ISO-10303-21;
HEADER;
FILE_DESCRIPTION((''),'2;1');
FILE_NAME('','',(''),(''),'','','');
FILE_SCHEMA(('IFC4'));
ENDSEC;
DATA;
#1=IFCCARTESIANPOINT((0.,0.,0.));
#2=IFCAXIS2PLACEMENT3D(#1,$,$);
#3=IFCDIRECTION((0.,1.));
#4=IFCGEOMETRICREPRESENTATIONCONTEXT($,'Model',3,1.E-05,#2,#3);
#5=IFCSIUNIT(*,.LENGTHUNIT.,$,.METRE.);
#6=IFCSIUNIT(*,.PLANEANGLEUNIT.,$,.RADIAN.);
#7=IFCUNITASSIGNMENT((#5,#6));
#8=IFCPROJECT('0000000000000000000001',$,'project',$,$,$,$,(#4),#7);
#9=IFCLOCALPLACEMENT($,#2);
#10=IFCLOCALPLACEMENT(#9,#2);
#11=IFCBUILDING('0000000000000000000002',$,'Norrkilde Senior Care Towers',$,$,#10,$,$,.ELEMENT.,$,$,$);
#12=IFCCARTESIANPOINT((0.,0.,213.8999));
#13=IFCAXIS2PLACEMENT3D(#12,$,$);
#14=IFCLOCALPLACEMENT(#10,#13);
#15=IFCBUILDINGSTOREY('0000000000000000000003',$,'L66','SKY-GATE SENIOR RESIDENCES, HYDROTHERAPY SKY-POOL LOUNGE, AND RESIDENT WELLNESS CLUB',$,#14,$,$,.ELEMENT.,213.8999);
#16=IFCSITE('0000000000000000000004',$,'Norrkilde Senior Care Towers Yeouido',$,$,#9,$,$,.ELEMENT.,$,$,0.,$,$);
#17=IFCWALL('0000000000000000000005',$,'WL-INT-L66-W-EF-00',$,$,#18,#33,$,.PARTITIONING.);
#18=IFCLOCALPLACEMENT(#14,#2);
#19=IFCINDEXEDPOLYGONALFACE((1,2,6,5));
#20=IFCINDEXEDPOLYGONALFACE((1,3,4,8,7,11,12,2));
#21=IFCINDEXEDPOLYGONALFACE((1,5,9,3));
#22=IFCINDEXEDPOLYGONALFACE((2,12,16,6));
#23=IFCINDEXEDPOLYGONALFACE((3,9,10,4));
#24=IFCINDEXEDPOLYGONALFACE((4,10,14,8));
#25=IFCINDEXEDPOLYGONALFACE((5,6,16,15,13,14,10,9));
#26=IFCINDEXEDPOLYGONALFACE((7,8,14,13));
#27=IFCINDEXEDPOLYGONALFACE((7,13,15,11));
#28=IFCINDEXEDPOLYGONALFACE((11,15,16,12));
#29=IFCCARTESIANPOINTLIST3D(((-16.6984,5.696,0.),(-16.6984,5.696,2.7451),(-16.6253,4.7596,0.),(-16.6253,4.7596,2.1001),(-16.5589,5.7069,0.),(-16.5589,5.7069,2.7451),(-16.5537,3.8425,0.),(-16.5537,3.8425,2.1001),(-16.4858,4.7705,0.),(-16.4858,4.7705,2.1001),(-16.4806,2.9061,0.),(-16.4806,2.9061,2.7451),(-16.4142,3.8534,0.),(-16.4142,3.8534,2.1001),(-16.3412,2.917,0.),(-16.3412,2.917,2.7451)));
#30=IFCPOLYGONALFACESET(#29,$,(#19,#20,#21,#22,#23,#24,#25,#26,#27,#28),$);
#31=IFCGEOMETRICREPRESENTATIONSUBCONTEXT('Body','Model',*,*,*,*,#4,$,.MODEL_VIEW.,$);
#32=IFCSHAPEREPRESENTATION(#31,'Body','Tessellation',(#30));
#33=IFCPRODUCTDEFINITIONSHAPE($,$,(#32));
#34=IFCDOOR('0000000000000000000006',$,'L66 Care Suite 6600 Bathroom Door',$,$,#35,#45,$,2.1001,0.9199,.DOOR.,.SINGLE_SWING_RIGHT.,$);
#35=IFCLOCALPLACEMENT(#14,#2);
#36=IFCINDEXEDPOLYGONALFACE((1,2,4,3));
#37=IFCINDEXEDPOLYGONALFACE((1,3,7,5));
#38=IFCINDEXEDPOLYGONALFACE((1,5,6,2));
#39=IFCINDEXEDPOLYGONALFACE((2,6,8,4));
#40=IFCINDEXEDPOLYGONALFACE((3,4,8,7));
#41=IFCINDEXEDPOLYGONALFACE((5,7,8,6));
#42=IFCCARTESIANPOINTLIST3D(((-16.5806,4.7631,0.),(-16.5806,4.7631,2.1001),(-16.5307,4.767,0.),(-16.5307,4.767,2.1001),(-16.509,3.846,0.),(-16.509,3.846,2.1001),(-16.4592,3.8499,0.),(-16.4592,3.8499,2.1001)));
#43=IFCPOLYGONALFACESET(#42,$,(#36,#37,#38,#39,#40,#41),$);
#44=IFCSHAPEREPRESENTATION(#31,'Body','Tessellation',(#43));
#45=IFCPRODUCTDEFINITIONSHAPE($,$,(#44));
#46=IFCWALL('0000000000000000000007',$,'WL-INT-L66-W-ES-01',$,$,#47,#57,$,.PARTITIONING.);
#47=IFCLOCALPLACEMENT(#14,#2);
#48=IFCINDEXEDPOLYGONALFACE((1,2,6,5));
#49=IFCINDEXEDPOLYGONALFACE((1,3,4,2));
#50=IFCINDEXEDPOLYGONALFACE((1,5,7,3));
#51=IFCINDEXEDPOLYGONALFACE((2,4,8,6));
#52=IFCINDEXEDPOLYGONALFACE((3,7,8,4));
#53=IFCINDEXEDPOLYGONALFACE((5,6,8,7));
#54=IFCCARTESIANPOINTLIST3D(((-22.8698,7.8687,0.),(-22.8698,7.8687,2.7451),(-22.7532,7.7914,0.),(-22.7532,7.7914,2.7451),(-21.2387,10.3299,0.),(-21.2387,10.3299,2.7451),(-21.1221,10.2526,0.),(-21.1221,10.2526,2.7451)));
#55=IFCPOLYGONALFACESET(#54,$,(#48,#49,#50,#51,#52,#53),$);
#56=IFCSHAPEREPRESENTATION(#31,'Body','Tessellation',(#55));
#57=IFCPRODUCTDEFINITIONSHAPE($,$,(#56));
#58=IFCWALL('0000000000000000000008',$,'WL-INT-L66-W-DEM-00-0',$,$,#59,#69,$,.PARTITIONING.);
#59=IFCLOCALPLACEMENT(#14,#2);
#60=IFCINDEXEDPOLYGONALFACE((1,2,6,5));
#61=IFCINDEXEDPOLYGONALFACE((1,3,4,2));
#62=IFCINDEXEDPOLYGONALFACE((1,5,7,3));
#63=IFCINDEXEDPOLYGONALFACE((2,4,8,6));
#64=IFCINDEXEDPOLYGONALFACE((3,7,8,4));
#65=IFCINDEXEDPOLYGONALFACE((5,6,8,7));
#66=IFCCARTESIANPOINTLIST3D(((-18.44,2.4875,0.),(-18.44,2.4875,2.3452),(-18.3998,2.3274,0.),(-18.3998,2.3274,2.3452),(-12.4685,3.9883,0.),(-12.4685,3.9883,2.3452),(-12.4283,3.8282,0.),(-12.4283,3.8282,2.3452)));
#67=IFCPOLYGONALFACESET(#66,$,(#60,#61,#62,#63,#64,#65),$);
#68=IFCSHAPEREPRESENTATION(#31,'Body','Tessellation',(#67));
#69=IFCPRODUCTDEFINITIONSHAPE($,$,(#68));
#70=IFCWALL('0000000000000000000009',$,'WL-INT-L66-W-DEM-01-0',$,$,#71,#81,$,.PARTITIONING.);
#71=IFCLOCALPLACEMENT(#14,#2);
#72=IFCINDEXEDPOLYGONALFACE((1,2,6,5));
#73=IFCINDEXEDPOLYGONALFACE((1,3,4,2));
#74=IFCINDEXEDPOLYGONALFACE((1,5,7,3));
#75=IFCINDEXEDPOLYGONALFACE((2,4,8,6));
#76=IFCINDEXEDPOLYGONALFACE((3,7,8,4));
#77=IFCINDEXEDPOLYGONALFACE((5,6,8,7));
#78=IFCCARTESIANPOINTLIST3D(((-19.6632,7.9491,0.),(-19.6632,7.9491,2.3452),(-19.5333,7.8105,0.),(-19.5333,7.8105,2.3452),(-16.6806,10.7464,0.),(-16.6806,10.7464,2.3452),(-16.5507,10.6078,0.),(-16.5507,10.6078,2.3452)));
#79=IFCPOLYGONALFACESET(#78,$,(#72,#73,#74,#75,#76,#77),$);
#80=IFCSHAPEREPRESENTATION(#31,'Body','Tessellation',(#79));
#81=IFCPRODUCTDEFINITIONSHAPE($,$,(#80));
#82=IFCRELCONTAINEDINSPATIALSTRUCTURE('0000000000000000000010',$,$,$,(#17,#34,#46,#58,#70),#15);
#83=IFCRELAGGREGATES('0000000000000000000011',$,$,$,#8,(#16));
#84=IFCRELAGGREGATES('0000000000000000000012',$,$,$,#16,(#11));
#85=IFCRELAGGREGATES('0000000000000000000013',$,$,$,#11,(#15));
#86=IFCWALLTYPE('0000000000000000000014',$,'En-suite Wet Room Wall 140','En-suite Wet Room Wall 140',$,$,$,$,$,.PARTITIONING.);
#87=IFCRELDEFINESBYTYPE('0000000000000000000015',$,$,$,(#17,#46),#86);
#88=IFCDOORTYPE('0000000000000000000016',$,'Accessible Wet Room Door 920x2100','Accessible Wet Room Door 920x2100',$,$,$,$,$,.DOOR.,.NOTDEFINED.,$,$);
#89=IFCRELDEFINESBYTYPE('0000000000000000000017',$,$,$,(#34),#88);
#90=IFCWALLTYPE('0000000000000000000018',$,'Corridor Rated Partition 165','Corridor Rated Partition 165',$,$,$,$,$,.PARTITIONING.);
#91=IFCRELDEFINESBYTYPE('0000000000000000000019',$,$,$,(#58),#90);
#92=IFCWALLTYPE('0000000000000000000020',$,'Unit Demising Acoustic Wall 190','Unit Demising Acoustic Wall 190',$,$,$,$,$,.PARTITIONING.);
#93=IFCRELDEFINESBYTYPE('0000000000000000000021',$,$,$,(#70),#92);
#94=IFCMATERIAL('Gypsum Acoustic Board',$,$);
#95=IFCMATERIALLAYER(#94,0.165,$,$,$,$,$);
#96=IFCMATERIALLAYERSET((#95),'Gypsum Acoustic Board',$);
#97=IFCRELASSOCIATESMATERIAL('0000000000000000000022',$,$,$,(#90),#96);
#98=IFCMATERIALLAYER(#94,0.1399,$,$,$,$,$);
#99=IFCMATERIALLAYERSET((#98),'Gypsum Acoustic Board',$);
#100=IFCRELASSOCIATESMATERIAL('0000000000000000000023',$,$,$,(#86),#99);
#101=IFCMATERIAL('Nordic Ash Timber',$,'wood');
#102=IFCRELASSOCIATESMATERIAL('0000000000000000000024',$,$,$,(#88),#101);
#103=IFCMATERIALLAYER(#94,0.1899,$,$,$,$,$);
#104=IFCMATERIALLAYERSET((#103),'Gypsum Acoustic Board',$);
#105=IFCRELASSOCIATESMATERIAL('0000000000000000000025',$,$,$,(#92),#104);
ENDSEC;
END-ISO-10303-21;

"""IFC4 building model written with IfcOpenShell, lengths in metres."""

from ifc_helpers import new_model, si_unit, direction, frame, frame_2d, origin, place, context, subcontext, project, spatial, rectangle, extrude, source, transform, mapped, material, layer, layer_set, type_object, type_shapes, element, fill, save


model = new_model("IFC4")

# Units and contexts
model_context = context("Model", 3, precision=1e-05, world=origin(), true_north=direction((0.0, 1.0)))
body_context = subcontext(model_context, "Body", "Model", "MODEL_VIEW")
ifc_project = project(units=[si_unit("LENGTHUNIT", "METRE"), si_unit("PLANEANGLEUNIT", "RADIAN")], contexts=[model_context])

# Site, building, storey
site_placement = place(None, origin())
site = spatial("IfcSite", under=ifc_project, at=site_placement, Name="Norrkilde Senior Care Towers Yeouido", CompositionType="ELEMENT", RefElevation=0.0)
building_placement = place(site_placement, origin())
building = spatial("IfcBuilding", under=site, at=building_placement, Name="Norrkilde Senior Care Towers", CompositionType="ELEMENT")
storey_placement = place(building_placement, frame((0.0, 0.0, 213.8999)))
storey = spatial("IfcBuildingStorey", under=building, at=storey_placement, Name="L66", Description="SKY-GATE SENIOR RESIDENCES, HYDROTHERAPY SKY-POOL LOUNGE, AND RESIDENT WELLNESS CLUB", CompositionType="ELEMENT", Elevation=213.8999)

# Shared definitions
ifc_material_1 = material(Name="Gypsum Acoustic Board")
ifc_layer_1 = layer(ifc_material_1, 0.165)
ifc_layer_set_1 = layer_set([ifc_layer_1], Name="Gypsum Acoustic Board")
wall_type_1 = type_object("IfcWallType", Name="Corridor Rated Partition 165", Description="Corridor Rated Partition 165", PredefinedType="PARTITIONING", material=ifc_layer_set_1)
ifc_material_2 = material(Name="Nordic Ash Timber", Category="wood")

# Shared definitions
ifc_layer_2 = layer(ifc_material_1, 0.1399)
ifc_layer_set_2 = layer_set([ifc_layer_2], Name="Gypsum Acoustic Board")
wall_type_2 = type_object("IfcWallType", Name="En-suite Wet Room Wall 140", Description="En-suite Wet Room Wall 140", PredefinedType="PARTITIONING", material=ifc_layer_set_2)

# Wall, opening, door
shared_shape_1 = source(origin(), body_context, "Body", "SweptSolid", [
    extrude(rectangle(XDim=2.7983, YDim=0.1399, at=frame_2d((1.3992, 0.0))), origin(), (0.0, 0.0, 1.0), 2.7451),
])
wall_1_placement = place(storey_placement, frame((-16.6287, 5.7014, 0.0), z_axis=(0.0, 0.0, 1.0), x_axis=(0.077824, -0.996967, 0.0)))
wall_1 = element("IfcWall", 1, at=wall_1_placement, inside=storey, type_object=wall_type_2, Name="WL-INT-L66-W-EF-00", PredefinedType="PARTITIONING", context=body_context, shape_type="MappedRepresentation", body=[
    mapped(shared_shape_1, transform((0.0, 0.0, 0.0), x_axis=(1.0, 0.0, 0.0), y_axis=(0.0, 1.0, 0.0), z_axis=(0.0, 0.0, 1.0), scale=1.0)),
])
opening_1_placement = place(wall_1_placement, frame((0.9392, 0.0, 0.0)))
opening_1 = element("IfcOpeningElement", 2, at=opening_1_placement, cuts=wall_1, PredefinedType="OPENING", context=body_context, shape_type="SweptSolid", body=[
    extrude(rectangle(XDim=0.9199, YDim=2.1001, at=frame_2d((0.46, 1.05))), frame((0.0, 0.0798, 0.0), z_axis=(0.0, -1.0, 0.0), x_axis=(1.0, 0.0, 0.0)), (0.0, 0.0, 1.0), 0.1599),
])
door_type_1 = type_object("IfcDoorType", Name="Accessible Wet Room Door 920x2100", Description="Accessible Wet Room Door 920x2100", OperationType="NOTDEFINED", PredefinedType="DOOR", material=ifc_material_2)
shared_shape_2 = source(origin(), body_context, "Body", "SweptSolid", [
    extrude(rectangle(XDim=0.9199, YDim=2.1001, at=frame_2d((0.46, 1.05))), frame((0.0, 0.0249, 0.0), z_axis=(0.0, -1.0, 0.0), x_axis=(1.0, 0.0, 0.0)), (0.0, 0.0, 1.0), 0.05),
])
type_shapes(door_type_1, [shared_shape_2])
door_1_placement = place(opening_1_placement, origin())
door_1 = element("IfcDoor", 3, at=door_1_placement, inside=storey, type_object=door_type_1, Name="L66 Care Suite 6600 Bathroom Door", OperationType="SINGLE_SWING_RIGHT", OverallHeight=2.1001, OverallWidth=0.9199, PredefinedType="DOOR", context=body_context, shape_type="MappedRepresentation", body=[
    mapped(shared_shape_2, transform((0.0, 0.0, 0.0), x_axis=(1.0, 0.0, 0.0), y_axis=(0.0, 1.0, 0.0), z_axis=(0.0, 0.0, 1.0), scale=1.0)),
])
fill(opening_1, door_1)

# Walls
shared_shape_3 = source(origin(), body_context, "Body", "SweptSolid", [
    extrude(rectangle(XDim=2.9526, YDim=0.1399, at=frame_2d((1.4763, 0.0))), origin(), (0.0, 0.0, 1.0), 2.7451),
])
wall_2_placement = place(storey_placement, frame((-22.8115, 7.8301, 0.0), z_axis=(0.0, 0.0, 1.0), x_axis=(0.552427, 0.833561, 0.0)))
element("IfcWall", 4, at=wall_2_placement, inside=storey, type_object=wall_type_2, Name="WL-INT-L66-W-ES-01", PredefinedType="PARTITIONING", context=body_context, shape_type="MappedRepresentation", body=[
    mapped(shared_shape_3, transform((0.0, 0.0, 0.0), x_axis=(1.0, 0.0, 0.0), y_axis=(0.0, 1.0, 0.0), z_axis=(0.0, 0.0, 1.0), scale=1.0)),
])
shared_shape_4 = source(origin(), body_context, "Body", "SweptSolid", [
    extrude(rectangle(XDim=6.1572, YDim=0.165, at=frame_2d((3.0786, 0.0))), origin(), (0.0, 0.0, 1.0), 2.3452),
])
wall_3_placement = place(storey_placement, frame((-18.4199, 2.4075, 0.0), z_axis=(0.0, 0.0, 1.0), x_axis=(0.969841, 0.243739, 0.0)))
element("IfcWall", 5, at=wall_3_placement, inside=storey, type_object=wall_type_1, Name="WL-INT-L66-W-DEM-00-0", PredefinedType="PARTITIONING", context=body_context, shape_type="MappedRepresentation", body=[
    mapped(shared_shape_4, transform((0.0, 0.0, 0.0), x_axis=(1.0, 0.0, 0.0), y_axis=(0.0, 1.0, 0.0), z_axis=(0.0, 0.0, 1.0), scale=1.0)),
])
ifc_layer_3 = layer(ifc_material_1, 0.1899)
ifc_layer_set_3 = layer_set([ifc_layer_3], Name="Gypsum Acoustic Board")
wall_type_3 = type_object("IfcWallType", Name="Unit Demising Acoustic Wall 190", Description="Unit Demising Acoustic Wall 190", PredefinedType="PARTITIONING", material=ifc_layer_set_3)
shared_shape_5 = source(origin(), body_context, "Body", "SweptSolid", [
    extrude(rectangle(XDim=4.0891, YDim=0.1899, at=frame_2d((2.0444, 0.0))), origin(), (0.0, 0.0, 1.0), 2.3452),
])
type_shapes(wall_type_3, [shared_shape_5])
wall_4_placement = place(storey_placement, frame((-19.5981, 7.8799, 0.0), z_axis=(0.0, 0.0, 1.0), x_axis=(0.729401, 0.684086, 0.0)))
element("IfcWall", 6, at=wall_4_placement, inside=storey, type_object=wall_type_3, Name="WL-INT-L66-W-DEM-01-0", PredefinedType="PARTITIONING", context=body_context, shape_type="MappedRepresentation", body=[
    mapped(shared_shape_5, transform((0.0, 0.0, 0.0), x_axis=(1.0, 0.0, 0.0), y_axis=(0.0, 1.0, 0.0), z_axis=(0.0, 0.0, 1.0), scale=1.0)),
])

save(model, "model.ifc")
